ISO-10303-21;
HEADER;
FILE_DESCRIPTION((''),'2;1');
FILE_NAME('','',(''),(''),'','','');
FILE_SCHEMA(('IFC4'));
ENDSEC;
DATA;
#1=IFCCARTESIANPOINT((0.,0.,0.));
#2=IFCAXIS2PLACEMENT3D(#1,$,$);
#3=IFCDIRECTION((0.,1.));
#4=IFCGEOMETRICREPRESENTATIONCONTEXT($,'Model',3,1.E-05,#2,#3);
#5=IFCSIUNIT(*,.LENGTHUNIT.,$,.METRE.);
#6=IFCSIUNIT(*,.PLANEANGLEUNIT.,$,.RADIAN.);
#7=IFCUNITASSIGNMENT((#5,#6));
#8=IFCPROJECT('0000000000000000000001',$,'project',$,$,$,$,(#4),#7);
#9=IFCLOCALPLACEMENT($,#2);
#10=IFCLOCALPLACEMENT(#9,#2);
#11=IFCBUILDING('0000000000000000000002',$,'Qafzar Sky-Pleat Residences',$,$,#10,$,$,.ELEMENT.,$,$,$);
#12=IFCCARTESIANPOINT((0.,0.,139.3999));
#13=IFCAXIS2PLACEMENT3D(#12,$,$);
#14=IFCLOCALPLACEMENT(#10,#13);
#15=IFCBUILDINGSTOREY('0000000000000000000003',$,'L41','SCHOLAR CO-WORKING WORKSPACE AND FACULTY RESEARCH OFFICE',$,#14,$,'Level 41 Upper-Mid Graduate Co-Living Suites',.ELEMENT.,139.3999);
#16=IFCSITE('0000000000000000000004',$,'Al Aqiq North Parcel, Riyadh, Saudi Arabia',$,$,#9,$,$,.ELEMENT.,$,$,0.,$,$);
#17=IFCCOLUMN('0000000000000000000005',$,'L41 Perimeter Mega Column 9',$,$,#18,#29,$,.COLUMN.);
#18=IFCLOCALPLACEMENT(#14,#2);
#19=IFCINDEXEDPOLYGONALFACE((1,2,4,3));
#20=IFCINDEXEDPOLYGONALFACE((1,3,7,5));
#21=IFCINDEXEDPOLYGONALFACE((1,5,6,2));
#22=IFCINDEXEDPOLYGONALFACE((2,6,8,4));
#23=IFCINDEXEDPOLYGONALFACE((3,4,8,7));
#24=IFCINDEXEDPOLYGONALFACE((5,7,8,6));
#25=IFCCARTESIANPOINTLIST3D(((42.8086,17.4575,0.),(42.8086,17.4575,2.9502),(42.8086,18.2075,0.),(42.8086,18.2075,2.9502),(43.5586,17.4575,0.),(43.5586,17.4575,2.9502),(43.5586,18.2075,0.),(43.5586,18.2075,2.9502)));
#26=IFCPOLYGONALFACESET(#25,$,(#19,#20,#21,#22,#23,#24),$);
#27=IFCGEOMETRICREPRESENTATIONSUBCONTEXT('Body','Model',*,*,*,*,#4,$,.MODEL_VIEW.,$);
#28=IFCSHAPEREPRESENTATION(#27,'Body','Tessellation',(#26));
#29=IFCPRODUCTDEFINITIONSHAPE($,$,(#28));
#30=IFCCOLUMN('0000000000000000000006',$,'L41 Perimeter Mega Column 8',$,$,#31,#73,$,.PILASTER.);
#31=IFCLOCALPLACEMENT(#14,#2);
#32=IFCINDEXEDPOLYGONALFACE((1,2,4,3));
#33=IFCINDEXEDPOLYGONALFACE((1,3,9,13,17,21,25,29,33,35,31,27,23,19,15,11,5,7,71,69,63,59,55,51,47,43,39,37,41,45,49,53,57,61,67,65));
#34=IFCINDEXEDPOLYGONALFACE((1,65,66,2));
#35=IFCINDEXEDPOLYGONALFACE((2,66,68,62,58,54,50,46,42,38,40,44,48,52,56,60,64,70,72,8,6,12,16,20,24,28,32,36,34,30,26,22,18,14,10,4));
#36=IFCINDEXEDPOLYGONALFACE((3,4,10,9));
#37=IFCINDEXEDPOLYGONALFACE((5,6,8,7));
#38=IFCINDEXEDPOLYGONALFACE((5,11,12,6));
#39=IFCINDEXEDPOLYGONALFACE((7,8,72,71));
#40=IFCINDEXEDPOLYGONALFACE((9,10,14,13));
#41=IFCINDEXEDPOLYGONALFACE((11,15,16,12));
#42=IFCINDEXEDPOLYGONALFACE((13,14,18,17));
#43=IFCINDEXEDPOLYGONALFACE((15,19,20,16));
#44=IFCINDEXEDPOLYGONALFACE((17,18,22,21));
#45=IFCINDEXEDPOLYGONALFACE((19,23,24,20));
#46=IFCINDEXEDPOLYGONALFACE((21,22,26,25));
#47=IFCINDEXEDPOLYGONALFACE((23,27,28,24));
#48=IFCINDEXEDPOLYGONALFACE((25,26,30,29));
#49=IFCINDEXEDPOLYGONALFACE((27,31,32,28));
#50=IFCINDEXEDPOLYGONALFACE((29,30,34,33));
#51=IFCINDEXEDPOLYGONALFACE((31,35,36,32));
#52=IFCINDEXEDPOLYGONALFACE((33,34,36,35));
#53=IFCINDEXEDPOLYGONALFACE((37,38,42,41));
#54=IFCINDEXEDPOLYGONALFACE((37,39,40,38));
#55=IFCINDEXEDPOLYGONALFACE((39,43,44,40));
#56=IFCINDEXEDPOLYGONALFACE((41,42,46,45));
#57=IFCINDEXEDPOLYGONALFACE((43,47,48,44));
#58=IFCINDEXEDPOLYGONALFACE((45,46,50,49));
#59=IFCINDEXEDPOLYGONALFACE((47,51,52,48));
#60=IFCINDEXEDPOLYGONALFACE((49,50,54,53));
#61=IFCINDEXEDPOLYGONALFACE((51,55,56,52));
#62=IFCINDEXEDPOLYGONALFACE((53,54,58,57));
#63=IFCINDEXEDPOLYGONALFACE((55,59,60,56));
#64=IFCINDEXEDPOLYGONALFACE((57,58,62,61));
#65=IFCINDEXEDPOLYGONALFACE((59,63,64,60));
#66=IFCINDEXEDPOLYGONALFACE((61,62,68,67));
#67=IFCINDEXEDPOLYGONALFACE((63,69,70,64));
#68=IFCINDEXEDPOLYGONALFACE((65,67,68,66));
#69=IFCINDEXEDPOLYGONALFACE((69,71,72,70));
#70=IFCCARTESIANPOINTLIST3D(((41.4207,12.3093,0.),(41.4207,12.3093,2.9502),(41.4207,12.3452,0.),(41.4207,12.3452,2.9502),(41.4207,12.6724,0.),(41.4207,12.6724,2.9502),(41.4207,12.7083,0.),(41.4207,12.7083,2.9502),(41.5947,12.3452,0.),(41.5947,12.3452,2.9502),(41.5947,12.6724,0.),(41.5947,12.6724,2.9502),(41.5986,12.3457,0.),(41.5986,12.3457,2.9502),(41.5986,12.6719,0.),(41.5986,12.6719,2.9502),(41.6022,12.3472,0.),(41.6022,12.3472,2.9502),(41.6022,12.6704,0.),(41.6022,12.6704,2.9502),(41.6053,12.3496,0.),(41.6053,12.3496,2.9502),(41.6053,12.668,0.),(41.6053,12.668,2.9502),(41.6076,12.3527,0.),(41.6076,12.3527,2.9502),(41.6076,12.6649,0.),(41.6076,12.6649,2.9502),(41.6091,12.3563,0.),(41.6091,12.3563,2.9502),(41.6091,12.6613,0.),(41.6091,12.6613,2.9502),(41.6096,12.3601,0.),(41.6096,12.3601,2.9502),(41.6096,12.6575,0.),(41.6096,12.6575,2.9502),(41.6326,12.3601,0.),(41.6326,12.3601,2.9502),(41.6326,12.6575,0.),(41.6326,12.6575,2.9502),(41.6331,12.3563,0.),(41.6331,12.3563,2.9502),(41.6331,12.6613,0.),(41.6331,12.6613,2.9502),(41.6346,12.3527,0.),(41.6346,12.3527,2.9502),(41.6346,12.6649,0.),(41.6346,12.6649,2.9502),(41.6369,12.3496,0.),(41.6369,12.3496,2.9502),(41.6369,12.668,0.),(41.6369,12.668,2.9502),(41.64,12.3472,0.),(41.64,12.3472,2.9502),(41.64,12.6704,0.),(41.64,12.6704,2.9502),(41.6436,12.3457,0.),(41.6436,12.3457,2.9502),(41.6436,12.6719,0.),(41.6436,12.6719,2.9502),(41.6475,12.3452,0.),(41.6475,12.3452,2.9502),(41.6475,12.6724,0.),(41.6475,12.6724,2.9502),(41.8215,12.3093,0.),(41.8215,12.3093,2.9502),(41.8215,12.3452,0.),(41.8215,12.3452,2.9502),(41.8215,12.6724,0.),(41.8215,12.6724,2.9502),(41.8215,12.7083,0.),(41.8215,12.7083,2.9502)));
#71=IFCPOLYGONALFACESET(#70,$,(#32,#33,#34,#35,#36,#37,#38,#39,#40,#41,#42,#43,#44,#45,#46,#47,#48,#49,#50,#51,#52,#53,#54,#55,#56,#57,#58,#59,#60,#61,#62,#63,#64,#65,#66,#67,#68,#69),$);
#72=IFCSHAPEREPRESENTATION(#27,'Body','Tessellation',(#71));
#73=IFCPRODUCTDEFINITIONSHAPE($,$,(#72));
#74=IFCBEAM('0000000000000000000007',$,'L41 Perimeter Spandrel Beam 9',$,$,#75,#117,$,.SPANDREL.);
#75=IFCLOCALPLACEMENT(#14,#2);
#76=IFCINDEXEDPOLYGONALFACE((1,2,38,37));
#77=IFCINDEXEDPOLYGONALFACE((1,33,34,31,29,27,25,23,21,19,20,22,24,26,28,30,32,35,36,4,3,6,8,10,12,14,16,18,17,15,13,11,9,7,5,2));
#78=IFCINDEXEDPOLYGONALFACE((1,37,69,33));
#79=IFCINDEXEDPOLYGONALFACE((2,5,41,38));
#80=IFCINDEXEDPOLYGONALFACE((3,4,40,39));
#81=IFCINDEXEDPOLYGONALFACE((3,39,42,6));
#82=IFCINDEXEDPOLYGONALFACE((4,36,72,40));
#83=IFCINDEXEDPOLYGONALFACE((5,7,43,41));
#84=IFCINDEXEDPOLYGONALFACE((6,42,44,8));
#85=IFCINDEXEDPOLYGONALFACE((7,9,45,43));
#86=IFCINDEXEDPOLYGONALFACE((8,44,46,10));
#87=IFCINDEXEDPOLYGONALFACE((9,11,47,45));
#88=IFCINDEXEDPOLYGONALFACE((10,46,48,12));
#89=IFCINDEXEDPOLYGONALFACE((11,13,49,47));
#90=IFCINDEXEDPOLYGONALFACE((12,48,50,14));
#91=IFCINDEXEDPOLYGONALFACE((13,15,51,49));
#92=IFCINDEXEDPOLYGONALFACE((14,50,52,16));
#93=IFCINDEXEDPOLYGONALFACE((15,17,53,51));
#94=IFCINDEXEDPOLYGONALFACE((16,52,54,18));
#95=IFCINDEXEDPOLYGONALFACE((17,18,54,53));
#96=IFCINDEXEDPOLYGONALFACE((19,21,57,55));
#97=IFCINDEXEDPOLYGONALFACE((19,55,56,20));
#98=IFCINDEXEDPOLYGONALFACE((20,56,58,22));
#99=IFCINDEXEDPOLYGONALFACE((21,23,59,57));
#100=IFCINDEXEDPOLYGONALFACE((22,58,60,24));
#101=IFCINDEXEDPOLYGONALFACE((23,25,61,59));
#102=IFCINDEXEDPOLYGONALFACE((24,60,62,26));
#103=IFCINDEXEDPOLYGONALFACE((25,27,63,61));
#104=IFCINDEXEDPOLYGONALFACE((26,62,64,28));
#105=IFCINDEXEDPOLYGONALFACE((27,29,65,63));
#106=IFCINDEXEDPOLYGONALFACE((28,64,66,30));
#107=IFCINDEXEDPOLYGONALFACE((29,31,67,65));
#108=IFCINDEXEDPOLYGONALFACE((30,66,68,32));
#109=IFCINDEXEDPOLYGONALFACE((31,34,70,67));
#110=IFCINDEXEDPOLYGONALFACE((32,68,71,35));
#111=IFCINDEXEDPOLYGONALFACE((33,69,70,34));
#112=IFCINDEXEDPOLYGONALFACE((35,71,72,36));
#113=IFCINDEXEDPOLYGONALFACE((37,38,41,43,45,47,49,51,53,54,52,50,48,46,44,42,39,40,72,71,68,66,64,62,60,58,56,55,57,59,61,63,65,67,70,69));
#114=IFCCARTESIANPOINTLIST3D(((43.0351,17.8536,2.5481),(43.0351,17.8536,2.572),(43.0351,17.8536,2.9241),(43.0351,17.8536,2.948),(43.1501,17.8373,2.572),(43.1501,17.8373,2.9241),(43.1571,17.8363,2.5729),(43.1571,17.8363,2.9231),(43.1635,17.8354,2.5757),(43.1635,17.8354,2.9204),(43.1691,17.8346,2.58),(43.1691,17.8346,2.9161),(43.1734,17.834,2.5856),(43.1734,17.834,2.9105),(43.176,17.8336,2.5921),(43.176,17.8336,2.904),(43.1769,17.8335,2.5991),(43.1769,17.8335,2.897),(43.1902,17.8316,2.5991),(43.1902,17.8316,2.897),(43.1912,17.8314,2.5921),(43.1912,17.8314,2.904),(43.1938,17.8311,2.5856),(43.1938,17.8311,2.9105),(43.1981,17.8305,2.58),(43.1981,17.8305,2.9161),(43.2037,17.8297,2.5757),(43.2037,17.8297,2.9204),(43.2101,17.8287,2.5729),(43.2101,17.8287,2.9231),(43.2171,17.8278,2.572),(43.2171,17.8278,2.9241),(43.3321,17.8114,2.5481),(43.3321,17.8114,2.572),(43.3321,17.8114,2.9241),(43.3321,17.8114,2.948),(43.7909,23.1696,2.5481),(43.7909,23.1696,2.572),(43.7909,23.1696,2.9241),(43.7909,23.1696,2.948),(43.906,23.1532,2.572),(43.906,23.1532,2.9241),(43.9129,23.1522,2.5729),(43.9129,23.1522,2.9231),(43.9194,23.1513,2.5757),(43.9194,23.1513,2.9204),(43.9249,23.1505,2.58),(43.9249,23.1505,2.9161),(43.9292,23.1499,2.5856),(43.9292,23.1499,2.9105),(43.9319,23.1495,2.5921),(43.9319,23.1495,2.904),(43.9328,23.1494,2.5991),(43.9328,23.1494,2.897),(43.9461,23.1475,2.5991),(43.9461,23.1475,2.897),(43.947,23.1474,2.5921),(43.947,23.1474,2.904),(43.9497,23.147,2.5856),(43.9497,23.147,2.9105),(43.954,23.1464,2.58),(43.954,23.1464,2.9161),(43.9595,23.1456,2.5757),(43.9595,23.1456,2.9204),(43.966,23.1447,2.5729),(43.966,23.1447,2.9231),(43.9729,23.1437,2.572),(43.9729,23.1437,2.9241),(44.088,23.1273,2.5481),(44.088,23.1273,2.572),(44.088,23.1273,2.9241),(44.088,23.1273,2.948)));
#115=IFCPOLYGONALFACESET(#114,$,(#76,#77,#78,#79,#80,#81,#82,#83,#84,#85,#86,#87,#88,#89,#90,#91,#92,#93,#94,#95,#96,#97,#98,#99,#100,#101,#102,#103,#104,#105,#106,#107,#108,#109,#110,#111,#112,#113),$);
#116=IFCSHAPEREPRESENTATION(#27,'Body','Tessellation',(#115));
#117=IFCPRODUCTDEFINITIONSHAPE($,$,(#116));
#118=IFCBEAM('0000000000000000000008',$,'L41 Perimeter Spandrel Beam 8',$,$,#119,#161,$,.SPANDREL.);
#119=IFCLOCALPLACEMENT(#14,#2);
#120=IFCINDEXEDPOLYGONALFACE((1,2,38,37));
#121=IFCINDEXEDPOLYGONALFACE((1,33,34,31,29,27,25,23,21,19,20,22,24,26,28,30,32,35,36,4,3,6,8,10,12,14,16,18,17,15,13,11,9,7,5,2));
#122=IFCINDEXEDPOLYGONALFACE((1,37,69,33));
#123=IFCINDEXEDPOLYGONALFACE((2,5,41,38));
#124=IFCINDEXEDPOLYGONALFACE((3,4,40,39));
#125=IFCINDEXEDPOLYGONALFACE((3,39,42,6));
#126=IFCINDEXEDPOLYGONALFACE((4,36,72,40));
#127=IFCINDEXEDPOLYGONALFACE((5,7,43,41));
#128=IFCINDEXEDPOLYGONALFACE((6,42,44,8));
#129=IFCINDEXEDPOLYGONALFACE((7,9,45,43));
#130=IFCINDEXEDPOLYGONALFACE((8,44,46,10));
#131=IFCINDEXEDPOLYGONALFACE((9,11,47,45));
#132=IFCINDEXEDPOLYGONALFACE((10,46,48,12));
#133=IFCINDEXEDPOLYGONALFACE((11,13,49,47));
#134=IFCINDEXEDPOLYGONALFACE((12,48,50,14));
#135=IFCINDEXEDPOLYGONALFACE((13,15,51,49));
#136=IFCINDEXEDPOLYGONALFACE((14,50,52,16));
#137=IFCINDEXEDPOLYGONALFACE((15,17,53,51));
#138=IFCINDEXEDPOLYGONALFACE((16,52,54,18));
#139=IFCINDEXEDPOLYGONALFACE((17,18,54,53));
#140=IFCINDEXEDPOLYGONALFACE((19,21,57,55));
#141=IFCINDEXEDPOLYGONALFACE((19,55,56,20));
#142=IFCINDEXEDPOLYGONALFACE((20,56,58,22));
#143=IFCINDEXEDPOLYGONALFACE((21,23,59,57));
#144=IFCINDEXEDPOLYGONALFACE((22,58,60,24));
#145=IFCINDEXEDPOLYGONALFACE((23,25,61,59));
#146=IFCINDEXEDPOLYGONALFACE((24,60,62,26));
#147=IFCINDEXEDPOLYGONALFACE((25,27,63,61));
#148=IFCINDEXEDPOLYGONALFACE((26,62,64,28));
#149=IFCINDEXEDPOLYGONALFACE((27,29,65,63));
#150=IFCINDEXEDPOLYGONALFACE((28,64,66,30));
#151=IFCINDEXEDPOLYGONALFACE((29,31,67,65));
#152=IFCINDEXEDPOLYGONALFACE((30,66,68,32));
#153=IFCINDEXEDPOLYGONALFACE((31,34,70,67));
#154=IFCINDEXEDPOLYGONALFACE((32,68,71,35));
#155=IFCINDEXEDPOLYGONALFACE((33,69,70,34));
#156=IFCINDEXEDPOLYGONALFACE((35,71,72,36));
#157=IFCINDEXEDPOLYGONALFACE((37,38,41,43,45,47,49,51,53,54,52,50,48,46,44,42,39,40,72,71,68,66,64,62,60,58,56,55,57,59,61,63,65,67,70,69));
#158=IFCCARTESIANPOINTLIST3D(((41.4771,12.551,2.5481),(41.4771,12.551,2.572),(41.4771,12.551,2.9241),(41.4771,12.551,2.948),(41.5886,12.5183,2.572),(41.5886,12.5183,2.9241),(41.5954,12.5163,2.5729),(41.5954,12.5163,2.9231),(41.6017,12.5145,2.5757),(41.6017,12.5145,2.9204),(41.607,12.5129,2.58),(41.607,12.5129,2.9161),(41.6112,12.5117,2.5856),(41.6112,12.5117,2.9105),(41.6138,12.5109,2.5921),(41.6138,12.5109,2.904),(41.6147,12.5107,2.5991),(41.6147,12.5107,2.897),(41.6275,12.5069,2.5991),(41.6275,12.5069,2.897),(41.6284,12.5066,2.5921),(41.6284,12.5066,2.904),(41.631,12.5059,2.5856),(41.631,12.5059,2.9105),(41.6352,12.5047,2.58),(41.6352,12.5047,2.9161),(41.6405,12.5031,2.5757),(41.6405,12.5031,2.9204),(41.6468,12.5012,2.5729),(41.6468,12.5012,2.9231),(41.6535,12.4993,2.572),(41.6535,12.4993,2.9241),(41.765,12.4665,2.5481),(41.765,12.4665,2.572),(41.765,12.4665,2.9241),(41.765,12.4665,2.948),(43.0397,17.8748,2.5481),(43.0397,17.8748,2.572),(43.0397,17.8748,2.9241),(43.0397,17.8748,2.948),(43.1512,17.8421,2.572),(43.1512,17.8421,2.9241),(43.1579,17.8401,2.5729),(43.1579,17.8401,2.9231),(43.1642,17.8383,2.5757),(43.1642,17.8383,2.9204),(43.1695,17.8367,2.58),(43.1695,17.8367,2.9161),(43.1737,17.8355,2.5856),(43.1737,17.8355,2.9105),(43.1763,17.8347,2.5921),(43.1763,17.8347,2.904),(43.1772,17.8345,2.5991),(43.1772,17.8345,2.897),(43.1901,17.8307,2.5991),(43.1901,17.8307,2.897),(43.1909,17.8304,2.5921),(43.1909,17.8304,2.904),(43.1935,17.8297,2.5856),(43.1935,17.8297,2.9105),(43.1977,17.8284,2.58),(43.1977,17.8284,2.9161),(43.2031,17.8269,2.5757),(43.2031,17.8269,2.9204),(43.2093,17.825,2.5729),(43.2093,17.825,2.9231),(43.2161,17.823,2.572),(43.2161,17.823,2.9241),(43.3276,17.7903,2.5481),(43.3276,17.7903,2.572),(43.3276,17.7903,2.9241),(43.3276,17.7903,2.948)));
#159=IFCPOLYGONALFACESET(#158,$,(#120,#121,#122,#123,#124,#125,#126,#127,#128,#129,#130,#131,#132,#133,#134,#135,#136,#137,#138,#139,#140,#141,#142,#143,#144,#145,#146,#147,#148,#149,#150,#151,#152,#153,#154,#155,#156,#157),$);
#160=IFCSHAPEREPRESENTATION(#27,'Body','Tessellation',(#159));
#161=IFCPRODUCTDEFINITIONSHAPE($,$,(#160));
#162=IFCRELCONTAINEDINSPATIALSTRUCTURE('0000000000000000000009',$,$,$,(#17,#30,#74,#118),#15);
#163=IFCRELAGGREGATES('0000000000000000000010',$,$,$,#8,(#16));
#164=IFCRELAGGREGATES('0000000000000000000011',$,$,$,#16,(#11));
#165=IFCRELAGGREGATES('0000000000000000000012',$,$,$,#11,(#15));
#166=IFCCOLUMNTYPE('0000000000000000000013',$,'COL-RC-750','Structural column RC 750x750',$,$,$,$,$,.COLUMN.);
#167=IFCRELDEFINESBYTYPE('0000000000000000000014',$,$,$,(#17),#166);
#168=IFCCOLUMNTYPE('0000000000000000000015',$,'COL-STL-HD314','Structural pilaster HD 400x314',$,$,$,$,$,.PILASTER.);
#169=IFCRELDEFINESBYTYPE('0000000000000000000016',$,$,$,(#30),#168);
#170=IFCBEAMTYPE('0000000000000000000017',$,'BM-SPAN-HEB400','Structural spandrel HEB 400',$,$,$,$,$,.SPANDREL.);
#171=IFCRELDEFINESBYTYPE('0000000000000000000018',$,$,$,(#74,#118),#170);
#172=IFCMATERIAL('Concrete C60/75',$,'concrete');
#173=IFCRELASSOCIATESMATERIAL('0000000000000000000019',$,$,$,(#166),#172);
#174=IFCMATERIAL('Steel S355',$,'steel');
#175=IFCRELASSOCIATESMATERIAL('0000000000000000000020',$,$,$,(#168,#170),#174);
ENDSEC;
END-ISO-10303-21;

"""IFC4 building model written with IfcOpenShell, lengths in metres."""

from ifc_helpers import new_model, si_unit, direction, frame, origin, origin_2d, place, context, subcontext, project, spatial, rectangle, i_section, extrude, source, transform, mapped, material, material_profile, profile_set, type_object, element, save


model = new_model("IFC4")

# Units and contexts
model_context = context("Model", 3, precision=1e-05, world=origin(), true_north=direction((0.0, 1.0)))
body_context = subcontext(model_context, "Body", "Model", "MODEL_VIEW")
ifc_project = project(units=[si_unit("LENGTHUNIT", "METRE"), si_unit("PLANEANGLEUNIT", "RADIAN")], contexts=[model_context])

# Site, building, storey
site_placement = place(None, origin())
site = spatial("IfcSite", under=ifc_project, at=site_placement, Name="Al Aqiq North Parcel, Riyadh, Saudi Arabia", CompositionType="ELEMENT", RefElevation=0.0)
building_placement = place(site_placement, origin())
building = spatial("IfcBuilding", under=site, at=building_placement, Name="Qafzar Sky-Pleat Residences", CompositionType="ELEMENT")
storey_placement = place(building_placement, frame((0.0, 0.0, 139.3999)))
storey = spatial("IfcBuildingStorey", under=building, at=storey_placement, Name="L41", Description="SCHOLAR CO-WORKING WORKSPACE AND FACULTY RESEARCH OFFICE", LongName="Level 41 Upper-Mid Graduate Co-Living Suites", CompositionType="ELEMENT", Elevation=139.3999)

# Columns
ifc_material_1 = material(Name="Concrete C60/75", Category="concrete")
ifc_material_profile_1 = material_profile(ifc_material_1, rectangle(XDim=0.75, YDim=0.75, at=origin_2d()), Name="RC 750x750")
ifc_profile_set_1 = profile_set([ifc_material_profile_1], Name="Concrete C60/75")
column_type_1 = type_object("IfcColumnType", Name="COL-RC-750", Description="Structural column RC 750x750", PredefinedType="COLUMN", material=ifc_profile_set_1)
shared_shape_1 = source(origin(), body_context, "Body", "SweptSolid", [
    extrude(rectangle(XDim=0.75, YDim=0.75, at=origin_2d()), origin(), (0.0, 0.0, 1.0), 2.9502),
])
column_1_placement = place(storey_placement, frame((43.1836, 17.8325, 0.0), z_axis=(0.0, 0.0, 1.0), x_axis=(1.0, 0.0, 0.0)))
element("IfcColumn", 1, at=column_1_placement, inside=storey, type_object=column_type_1, Name="L41 Perimeter Mega Column 9", PredefinedType="COLUMN", context=body_context, shape_type="MappedRepresentation", body=[
    mapped(shared_shape_1, transform((0.0, 0.0, 0.0), x_axis=(1.0, 0.0, 0.0), y_axis=(0.0, 1.0, 0.0), z_axis=(0.0, 0.0, 1.0), scale=1.0)),
])
ifc_material_2 = material(Name="Steel S355", Category="steel")
ifc_material_profile_2 = material_profile(ifc_material_2, i_section(OverallWidth=0.4009, OverallDepth=0.3989, WebThickness=0.0229, FlangeThickness=0.0359, FilletRadius=0.0149, at=origin_2d()), Name="HD 400x314")
ifc_profile_set_2 = profile_set([ifc_material_profile_2], Name="Steel S355")
column_type_2 = type_object("IfcColumnType", Name="COL-STL-HD314", Description="Structural pilaster HD 400x314", PredefinedType="PILASTER", material=ifc_profile_set_2)
shared_shape_2 = source(origin(), body_context, "Body", "SweptSolid", [
    extrude(i_section(OverallWidth=0.4009, OverallDepth=0.3989, WebThickness=0.0229, FlangeThickness=0.0359, FilletRadius=0.0149, at=origin_2d()), origin(), (0.0, 0.0, 1.0), 2.9502),
])
column_2_placement = place(storey_placement, frame((41.6211, 12.5088, 0.0), z_axis=(0.0, 0.0, 1.0), x_axis=(1.0, 0.0, 0.0)))
element("IfcColumn", 2, at=column_2_placement, inside=storey, type_object=column_type_2, Name="L41 Perimeter Mega Column 8", PredefinedType="PILASTER", context=body_context, shape_type="MappedRepresentation", body=[
    mapped(shared_shape_2, transform((0.0, 0.0, 0.0), x_axis=(1.0, 0.0, 0.0), y_axis=(0.0, 1.0, 0.0), z_axis=(0.0, 0.0, 1.0), scale=1.0)),
])

# Beams
ifc_material_profile_3 = material_profile(ifc_material_2, i_section(OverallWidth=0.3, OverallDepth=0.3999, WebThickness=0.0134, FlangeThickness=0.0239, FilletRadius=0.0271, at=origin_2d()), Name="HEB 400")
ifc_profile_set_3 = profile_set([ifc_material_profile_3], Name="Steel S355")
beam_type_1 = type_object("IfcBeamType", Name="BM-SPAN-HEB400", Description="Structural spandrel HEB 400", PredefinedType="SPANDREL", material=ifc_profile_set_3)
shared_shape_3 = source(origin(), body_context, "Body", "SweptSolid", [
    extrude(i_section(OverallWidth=0.3, OverallDepth=0.3999, WebThickness=0.0134, FlangeThickness=0.0239, FilletRadius=0.0271, at=origin_2d()), origin(), (0.0, 0.0, 1.0), 5.3694),
])
beam_1_placement = place(storey_placement, frame((43.1836, 17.8325, 2.748), z_axis=(0.140772, 0.990042, 0.0), x_axis=(-0.990042, 0.140772, 0.0)))
element("IfcBeam", 3, at=beam_1_placement, inside=storey, type_object=beam_type_1, Name="L41 Perimeter Spandrel Beam 9", PredefinedType="SPANDREL", context=body_context, shape_type="MappedRepresentation", body=[
    mapped(shared_shape_3, transform((0.0, 0.0, 0.0), x_axis=(1.0, 0.0, 0.0), y_axis=(0.0, 1.0, 0.0), z_axis=(0.0, 0.0, 1.0), scale=1.0)),
])
shared_shape_4 = source(origin(), body_context, "Body", "SweptSolid", [
    extrude(i_section(OverallWidth=0.3, OverallDepth=0.3999, WebThickness=0.0134, FlangeThickness=0.0239, FilletRadius=0.0271, at=origin_2d()), origin(), (0.0, 0.0, 1.0), 5.5483),
])
beam_2_placement = place(storey_placement, frame((41.6211, 12.5088, 2.748), z_axis=(0.281618, 0.959527, 0.0), x_axis=(-0.959527, 0.281618, 0.0)))
element("IfcBeam", 4, at=beam_2_placement, inside=storey, type_object=beam_type_1, Name="L41 Perimeter Spandrel Beam 8", PredefinedType="SPANDREL", context=body_context, shape_type="MappedRepresentation", body=[
    mapped(shared_shape_4, transform((0.0, 0.0, 0.0), x_axis=(1.0, 0.0, 0.0), y_axis=(0.0, 1.0, 0.0), z_axis=(0.0, 0.0, 1.0), scale=1.0)),
])

save(model, "model.ifc")
